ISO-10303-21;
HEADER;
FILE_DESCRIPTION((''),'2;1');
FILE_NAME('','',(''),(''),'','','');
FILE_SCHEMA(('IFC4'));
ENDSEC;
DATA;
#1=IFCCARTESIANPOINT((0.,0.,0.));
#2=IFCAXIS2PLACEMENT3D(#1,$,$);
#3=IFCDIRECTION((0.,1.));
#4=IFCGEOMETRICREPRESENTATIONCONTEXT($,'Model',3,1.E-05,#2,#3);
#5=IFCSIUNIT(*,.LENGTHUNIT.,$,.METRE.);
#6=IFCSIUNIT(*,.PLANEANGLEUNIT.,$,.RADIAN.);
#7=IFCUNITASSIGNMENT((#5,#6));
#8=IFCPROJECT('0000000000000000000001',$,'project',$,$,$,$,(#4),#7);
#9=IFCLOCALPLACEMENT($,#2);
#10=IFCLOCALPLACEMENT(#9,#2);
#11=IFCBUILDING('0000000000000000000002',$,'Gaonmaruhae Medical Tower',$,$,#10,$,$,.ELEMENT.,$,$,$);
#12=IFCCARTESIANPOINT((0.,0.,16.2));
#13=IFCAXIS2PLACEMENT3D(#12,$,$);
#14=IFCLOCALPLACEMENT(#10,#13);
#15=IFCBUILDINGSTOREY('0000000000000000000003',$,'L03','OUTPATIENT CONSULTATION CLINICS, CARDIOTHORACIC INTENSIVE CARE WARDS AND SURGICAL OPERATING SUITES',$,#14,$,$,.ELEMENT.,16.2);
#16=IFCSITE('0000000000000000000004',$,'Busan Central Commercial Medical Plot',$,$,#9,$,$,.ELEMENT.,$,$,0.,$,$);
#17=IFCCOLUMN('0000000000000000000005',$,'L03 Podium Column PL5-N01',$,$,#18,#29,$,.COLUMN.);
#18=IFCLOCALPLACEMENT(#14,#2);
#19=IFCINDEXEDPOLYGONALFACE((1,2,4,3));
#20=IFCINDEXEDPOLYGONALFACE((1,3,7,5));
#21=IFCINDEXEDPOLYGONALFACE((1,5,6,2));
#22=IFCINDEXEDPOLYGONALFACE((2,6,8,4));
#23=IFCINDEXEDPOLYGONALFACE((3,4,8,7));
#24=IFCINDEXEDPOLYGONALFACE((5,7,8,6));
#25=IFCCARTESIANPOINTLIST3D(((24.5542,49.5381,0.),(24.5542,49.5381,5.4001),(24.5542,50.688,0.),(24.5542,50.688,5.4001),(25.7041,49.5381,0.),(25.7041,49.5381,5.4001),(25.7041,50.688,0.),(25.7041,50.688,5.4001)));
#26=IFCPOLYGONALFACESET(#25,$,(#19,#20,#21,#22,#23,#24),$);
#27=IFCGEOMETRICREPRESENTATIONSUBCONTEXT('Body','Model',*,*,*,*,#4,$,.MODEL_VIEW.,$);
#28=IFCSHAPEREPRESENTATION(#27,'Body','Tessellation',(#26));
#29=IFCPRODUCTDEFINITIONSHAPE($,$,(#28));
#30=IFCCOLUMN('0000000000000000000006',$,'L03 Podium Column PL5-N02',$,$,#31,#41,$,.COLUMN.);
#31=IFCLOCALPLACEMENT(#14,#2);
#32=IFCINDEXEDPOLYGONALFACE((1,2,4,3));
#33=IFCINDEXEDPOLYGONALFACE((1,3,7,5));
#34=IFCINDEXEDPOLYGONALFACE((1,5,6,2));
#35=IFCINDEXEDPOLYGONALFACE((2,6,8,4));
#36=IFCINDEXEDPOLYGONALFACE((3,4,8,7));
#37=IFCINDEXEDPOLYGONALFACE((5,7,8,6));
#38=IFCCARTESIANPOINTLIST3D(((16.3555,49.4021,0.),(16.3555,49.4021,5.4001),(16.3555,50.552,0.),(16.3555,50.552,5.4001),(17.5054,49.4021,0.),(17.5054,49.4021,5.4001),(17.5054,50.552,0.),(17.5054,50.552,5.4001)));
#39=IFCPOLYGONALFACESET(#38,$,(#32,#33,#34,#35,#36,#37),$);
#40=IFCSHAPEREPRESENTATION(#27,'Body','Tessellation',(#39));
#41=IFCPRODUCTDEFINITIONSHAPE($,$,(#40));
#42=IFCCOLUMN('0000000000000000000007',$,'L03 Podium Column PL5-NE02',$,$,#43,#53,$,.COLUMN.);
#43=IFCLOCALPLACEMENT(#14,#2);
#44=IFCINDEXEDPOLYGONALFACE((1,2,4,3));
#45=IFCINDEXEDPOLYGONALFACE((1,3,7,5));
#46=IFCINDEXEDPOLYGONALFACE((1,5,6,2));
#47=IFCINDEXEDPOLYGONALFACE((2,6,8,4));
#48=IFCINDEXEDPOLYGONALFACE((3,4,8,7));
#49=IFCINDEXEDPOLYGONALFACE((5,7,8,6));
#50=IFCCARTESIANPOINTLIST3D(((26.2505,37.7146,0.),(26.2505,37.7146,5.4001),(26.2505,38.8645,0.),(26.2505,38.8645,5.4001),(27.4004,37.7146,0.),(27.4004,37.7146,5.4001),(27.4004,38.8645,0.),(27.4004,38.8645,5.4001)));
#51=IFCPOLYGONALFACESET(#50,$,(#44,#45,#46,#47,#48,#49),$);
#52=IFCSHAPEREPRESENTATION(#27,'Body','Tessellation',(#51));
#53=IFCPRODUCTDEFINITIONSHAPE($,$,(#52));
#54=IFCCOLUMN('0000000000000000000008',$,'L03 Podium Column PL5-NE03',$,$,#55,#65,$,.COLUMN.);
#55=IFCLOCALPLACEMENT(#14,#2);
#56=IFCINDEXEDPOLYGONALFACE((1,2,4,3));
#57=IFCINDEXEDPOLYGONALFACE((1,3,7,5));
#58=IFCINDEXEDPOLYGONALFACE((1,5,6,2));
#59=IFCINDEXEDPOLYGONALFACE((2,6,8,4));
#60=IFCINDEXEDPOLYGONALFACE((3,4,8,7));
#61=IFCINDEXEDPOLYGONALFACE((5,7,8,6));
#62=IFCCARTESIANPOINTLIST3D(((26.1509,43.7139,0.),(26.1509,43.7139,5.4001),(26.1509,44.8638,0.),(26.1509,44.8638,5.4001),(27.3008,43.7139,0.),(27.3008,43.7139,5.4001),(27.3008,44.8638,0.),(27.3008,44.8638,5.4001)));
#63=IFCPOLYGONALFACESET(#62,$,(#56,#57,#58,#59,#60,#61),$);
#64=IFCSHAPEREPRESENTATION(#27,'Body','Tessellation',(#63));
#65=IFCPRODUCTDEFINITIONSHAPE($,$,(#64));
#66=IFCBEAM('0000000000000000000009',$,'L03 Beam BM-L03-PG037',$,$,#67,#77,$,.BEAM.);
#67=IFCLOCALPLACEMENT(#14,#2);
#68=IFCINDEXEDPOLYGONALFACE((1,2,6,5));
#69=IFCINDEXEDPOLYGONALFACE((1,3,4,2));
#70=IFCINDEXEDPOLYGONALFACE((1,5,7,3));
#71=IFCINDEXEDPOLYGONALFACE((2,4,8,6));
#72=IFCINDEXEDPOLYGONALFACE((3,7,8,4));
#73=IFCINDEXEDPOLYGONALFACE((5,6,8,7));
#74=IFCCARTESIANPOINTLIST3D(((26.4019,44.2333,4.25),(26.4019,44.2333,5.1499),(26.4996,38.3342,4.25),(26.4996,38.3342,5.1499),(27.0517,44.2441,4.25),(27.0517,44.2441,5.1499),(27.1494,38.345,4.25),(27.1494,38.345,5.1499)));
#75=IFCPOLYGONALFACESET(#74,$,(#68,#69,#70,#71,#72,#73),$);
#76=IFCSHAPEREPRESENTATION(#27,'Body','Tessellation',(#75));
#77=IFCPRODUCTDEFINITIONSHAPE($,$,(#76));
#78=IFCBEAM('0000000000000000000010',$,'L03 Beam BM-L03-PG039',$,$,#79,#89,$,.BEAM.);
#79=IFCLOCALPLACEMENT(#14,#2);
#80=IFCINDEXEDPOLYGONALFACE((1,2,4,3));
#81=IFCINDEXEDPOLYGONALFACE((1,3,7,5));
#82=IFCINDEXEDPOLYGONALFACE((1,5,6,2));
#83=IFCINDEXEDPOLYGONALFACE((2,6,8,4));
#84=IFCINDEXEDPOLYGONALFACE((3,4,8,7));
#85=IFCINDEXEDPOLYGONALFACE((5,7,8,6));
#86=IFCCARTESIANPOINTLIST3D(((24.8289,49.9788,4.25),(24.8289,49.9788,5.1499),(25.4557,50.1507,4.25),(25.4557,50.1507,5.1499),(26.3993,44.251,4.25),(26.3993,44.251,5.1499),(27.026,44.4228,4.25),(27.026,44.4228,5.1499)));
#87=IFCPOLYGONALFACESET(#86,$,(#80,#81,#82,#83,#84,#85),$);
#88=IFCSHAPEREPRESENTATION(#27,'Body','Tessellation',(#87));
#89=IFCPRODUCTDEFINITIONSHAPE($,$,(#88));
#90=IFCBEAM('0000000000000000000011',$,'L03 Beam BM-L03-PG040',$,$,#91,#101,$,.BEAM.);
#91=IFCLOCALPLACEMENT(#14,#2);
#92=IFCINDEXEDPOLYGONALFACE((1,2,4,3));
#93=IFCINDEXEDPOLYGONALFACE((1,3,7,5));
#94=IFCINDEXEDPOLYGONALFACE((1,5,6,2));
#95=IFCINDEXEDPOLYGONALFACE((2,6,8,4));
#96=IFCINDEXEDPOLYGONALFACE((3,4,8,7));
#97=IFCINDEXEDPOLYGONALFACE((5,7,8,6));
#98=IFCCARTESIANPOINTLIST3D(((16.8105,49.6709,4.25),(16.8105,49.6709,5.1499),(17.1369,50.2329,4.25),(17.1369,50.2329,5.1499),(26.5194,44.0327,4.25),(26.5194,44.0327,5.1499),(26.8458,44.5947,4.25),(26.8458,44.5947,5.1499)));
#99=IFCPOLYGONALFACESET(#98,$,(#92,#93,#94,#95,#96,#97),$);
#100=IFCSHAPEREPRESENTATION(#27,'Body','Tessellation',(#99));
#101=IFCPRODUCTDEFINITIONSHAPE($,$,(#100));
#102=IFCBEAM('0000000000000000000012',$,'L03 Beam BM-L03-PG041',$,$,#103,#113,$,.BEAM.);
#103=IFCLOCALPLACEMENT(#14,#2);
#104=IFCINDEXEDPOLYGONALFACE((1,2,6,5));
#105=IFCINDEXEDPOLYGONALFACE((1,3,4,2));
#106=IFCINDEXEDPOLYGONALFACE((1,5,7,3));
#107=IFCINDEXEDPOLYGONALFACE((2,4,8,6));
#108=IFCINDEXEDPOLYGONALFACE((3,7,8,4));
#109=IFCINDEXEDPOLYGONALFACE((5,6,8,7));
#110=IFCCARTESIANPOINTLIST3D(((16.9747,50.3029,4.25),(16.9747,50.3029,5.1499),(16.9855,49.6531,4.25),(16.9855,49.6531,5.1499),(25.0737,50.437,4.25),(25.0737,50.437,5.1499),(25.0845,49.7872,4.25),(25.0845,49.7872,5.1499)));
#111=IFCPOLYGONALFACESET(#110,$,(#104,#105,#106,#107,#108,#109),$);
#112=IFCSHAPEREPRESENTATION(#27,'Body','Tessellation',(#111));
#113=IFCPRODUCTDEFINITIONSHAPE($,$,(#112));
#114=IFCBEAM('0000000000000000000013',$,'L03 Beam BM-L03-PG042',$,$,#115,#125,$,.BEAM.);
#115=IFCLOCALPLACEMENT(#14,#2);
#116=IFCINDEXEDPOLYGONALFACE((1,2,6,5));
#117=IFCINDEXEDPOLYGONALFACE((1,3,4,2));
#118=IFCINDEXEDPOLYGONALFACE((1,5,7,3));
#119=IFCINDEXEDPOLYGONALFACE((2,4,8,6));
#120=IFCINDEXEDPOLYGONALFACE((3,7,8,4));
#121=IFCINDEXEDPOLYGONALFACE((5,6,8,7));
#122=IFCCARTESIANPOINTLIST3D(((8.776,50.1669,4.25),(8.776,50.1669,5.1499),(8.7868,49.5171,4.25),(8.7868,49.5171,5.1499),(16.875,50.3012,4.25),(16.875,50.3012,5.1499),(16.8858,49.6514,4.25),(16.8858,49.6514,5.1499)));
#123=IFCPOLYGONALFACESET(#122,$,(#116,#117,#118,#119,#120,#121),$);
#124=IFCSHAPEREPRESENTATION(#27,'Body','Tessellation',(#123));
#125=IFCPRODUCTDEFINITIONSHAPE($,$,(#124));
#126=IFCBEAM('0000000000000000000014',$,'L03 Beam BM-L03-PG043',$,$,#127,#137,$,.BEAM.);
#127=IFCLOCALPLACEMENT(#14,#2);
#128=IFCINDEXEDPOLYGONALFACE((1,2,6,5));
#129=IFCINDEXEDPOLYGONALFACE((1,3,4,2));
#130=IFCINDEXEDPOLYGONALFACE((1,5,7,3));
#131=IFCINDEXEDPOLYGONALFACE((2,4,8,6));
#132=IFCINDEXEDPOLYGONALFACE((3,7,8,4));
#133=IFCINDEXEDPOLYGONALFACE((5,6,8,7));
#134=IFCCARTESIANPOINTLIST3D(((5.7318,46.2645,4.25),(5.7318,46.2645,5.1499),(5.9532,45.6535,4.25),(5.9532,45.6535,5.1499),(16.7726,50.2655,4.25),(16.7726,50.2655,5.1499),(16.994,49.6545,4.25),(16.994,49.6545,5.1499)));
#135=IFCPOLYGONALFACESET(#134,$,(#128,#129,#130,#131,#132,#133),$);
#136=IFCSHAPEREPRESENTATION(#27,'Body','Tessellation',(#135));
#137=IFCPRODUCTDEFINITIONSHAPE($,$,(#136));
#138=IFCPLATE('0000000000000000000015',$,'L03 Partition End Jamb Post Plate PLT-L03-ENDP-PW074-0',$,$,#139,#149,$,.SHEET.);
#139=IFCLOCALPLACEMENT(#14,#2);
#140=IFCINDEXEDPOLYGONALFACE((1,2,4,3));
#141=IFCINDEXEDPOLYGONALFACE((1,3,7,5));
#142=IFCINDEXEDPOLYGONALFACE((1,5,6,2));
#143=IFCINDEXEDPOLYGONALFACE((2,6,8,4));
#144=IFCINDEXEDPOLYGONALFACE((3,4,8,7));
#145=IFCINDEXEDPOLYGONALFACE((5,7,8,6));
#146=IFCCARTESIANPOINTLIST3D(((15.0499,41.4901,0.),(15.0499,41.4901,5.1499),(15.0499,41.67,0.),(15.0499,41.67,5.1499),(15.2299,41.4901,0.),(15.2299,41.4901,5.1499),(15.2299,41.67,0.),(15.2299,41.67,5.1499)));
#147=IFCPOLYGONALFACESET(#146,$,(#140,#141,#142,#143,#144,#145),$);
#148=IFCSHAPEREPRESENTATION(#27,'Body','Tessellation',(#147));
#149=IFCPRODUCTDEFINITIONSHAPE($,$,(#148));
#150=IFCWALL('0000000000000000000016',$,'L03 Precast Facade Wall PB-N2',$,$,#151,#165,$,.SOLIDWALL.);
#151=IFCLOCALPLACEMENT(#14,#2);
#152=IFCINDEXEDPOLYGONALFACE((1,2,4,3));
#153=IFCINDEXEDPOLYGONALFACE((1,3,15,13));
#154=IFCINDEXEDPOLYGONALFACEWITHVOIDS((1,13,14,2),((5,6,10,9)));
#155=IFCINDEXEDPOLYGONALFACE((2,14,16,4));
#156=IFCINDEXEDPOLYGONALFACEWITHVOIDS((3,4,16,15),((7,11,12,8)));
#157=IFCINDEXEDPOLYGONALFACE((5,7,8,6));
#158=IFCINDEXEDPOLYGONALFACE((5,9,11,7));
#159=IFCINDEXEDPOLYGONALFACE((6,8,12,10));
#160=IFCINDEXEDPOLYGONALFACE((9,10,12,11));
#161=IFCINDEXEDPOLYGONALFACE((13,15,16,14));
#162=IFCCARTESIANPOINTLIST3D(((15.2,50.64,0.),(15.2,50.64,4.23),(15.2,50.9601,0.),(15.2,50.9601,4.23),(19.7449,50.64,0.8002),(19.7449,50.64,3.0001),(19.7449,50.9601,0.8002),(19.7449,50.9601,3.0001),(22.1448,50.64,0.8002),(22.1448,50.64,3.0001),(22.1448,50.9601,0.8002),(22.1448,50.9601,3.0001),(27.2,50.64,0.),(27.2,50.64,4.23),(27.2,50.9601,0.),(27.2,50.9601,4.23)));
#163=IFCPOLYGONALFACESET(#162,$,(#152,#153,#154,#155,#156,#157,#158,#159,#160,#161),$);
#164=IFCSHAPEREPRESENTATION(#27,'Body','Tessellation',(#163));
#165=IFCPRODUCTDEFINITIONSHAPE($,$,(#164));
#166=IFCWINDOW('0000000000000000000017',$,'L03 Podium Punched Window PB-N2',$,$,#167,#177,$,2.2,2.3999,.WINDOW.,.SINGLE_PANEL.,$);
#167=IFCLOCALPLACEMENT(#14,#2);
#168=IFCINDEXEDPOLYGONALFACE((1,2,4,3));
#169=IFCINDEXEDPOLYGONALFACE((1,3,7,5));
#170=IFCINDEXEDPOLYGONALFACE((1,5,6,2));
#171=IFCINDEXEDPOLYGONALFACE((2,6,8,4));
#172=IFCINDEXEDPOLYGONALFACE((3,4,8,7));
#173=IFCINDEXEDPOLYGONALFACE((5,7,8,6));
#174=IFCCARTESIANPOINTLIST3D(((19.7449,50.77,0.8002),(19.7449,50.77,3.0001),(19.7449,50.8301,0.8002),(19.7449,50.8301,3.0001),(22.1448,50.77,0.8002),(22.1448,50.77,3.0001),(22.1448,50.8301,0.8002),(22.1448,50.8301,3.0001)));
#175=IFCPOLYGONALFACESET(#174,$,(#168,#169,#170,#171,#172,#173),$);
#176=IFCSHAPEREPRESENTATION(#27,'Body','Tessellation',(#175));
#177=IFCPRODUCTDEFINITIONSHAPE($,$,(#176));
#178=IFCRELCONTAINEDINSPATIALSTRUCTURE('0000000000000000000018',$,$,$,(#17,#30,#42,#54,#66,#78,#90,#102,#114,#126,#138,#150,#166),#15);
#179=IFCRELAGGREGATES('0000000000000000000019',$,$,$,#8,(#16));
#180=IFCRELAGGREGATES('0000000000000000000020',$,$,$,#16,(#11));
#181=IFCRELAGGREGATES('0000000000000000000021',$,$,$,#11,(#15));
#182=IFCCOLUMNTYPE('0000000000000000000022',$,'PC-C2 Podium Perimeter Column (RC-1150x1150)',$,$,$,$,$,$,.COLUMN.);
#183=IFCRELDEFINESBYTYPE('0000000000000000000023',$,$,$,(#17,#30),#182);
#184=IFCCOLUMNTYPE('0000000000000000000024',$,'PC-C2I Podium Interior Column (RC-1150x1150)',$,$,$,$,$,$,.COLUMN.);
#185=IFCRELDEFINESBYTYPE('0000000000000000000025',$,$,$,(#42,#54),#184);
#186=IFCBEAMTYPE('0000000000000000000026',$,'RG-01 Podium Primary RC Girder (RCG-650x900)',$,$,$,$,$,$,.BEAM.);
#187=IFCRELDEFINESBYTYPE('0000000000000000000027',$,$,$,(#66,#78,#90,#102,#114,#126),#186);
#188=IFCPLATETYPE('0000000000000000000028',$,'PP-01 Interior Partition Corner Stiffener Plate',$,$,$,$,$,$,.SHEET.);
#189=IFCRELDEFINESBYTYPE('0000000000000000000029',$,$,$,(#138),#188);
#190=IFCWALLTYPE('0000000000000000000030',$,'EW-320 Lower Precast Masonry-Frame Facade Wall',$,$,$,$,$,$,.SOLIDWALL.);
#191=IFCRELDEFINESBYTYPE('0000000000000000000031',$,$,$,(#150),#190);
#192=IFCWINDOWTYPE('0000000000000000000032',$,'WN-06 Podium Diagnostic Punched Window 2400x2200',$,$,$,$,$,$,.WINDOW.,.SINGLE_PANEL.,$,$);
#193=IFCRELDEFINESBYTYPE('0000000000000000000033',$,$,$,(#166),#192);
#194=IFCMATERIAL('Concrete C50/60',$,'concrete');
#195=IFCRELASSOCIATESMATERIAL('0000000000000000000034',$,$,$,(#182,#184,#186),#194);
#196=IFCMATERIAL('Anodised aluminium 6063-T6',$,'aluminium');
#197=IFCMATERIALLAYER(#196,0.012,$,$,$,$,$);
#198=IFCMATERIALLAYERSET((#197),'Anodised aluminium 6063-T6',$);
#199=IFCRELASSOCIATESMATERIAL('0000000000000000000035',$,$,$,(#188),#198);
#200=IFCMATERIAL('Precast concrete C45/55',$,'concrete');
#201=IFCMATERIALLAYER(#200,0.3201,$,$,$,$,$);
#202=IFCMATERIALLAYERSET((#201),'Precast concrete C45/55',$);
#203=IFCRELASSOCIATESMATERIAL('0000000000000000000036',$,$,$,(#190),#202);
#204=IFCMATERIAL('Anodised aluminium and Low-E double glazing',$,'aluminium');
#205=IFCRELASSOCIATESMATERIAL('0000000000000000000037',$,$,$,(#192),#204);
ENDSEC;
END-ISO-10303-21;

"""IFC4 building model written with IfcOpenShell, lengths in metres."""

from ifc_helpers import new_model, si_unit, direction, frame, frame_2d, origin, origin_2d, place, context, subcontext, project, spatial, rectangle, extrude, material, layer, layer_set, material_profile, profile_set, type_object, element, fill, save


model = new_model("IFC4")

# Units and contexts
model_context = context("Model", 3, precision=1e-05, world=origin(), true_north=direction((0.0, 1.0)))
body_context = subcontext(model_context, "Body", "Model", "MODEL_VIEW")
ifc_project = project(units=[si_unit("LENGTHUNIT", "METRE"), si_unit("PLANEANGLEUNIT", "RADIAN")], contexts=[model_context])

# Site, building, storey
site_placement = place(None, origin())
site = spatial("IfcSite", under=ifc_project, at=site_placement, Name="Busan Central Commercial Medical Plot", CompositionType="ELEMENT", RefElevation=0.0)
building_placement = place(site_placement, origin())
building = spatial("IfcBuilding", under=site, at=building_placement, Name="Gaonmaruhae Medical Tower", CompositionType="ELEMENT")
storey_placement = place(building_placement, frame((0.0, 0.0, 16.2)))
storey = spatial("IfcBuildingStorey", under=building, at=storey_placement, Name="L03", Description="OUTPATIENT CONSULTATION CLINICS, CARDIOTHORACIC INTENSIVE CARE WARDS AND SURGICAL OPERATING SUITES", CompositionType="ELEMENT", Elevation=16.2)

# Columns
ifc_material_1 = material(Name="Concrete C50/60", Category="concrete")
ifc_material_profile_1 = material_profile(ifc_material_1, rectangle(XDim=1.1499, YDim=1.1499, at=origin_2d()), Name="RC-1150x1150")
ifc_profile_set_1 = profile_set([ifc_material_profile_1], Name="Concrete C50/60")
column_type_1 = type_object("IfcColumnType", Name="PC-C2 Podium Perimeter Column (RC-1150x1150)", PredefinedType="COLUMN", material=ifc_profile_set_1)
for number, where, z_axis, x_axis, name in (
    (1, (25.1292, 50.113, 0.0), (0.0, 0.0, 1.0), (1.0, 0.0, 0.0), "L03 Podium Column PL5-N01"),
    (2, (16.9304, 49.9771, 0.0), (0.0, 0.0, 1.0), (1.0, 0.0, 0.0), "L03 Podium Column PL5-N02"),
):
    element("IfcColumn", number, at=place(storey_placement, frame(where, z_axis=z_axis, x_axis=x_axis)), inside=storey, type_object=column_type_1, Name=name, PredefinedType="COLUMN", context=body_context, shape_type="SweptSolid", body=[
        extrude(rectangle(XDim=1.1499, YDim=1.1499, at=origin_2d()), origin(), (0.0, 0.0, 1.0), 5.4001),
    ])
ifc_material_profile_2 = material_profile(ifc_material_1, rectangle(XDim=1.1499, YDim=1.1499, at=origin_2d()), Name="RC-1150x1150")
ifc_profile_set_2 = profile_set([ifc_material_profile_2], Name="Concrete C50/60")
column_type_2 = type_object("IfcColumnType", Name="PC-C2I Podium Interior Column (RC-1150x1150)", PredefinedType="COLUMN", material=ifc_profile_set_2)
for number, where, z_axis, x_axis, name in (
    (3, (26.8254, 38.2896, 0.0), (0.0, 0.0, 1.0), (1.0, 0.0, 0.0), "L03 Podium Column PL5-NE02"),
    (4, (26.7258, 44.2888, 0.0), (0.0, 0.0, 1.0), (1.0, 0.0, 0.0), "L03 Podium Column PL5-NE03"),
):
    element("IfcColumn", number, at=place(storey_placement, frame(where, z_axis=z_axis, x_axis=x_axis)), inside=storey, type_object=column_type_2, Name=name, PredefinedType="COLUMN", context=body_context, shape_type="SweptSolid", body=[
        extrude(rectangle(XDim=1.1499, YDim=1.1499, at=origin_2d()), origin(), (0.0, 0.0, 1.0), 5.4001),
    ])

# Beams
ifc_material_profile_3 = material_profile(ifc_material_1, rectangle(XDim=0.6499, YDim=0.8999, at=origin_2d()), Name="RCG-650x900")
ifc_profile_set_3 = profile_set([ifc_material_profile_3], Name="Concrete C50/60")
beam_type = type_object("IfcBeamType", Name="RG-01 Podium Primary RC Girder (RCG-650x900)", PredefinedType="BEAM", material=ifc_profile_set_3)
beam_1_placement = place(storey_placement, frame((26.8245, 38.3396, 4.7), z_axis=(-0.016552, 0.999863, 0.0), x_axis=(-0.999863, -0.016552, 0.0)))
element("IfcBeam", 5, at=beam_1_placement, inside=storey, type_object=beam_type, Name="L03 Beam BM-L03-PG037", PredefinedType="BEAM", context=body_context, shape_type="SweptSolid", body=[
    extrude(rectangle(XDim=0.6499, YDim=0.8999, at=origin_2d()), origin(), (0.0, 0.0, 1.0), 5.8999),
])
beam_2_placement = place(storey_placement, frame((26.7126, 44.3369, 4.7), z_axis=(-0.264401, 0.964413, 0.0), x_axis=(-0.964413, -0.264401, 0.0)))
element("IfcBeam", 6, at=beam_2_placement, inside=storey, type_object=beam_type, Name="L03 Beam BM-L03-PG039", PredefinedType="BEAM", context=body_context, shape_type="SweptSolid", body=[
    extrude(rectangle(XDim=0.6499, YDim=0.8999, at=origin_2d()), origin(), (0.0, 0.0, 1.0), 5.9392),
])
beam_3_placement = place(storey_placement, frame((26.6826, 44.3137, 4.7), z_axis=(-0.864762, 0.502183, 0.0), x_axis=(-0.502183, -0.864762, 0.0)))
element("IfcBeam", 7, at=beam_3_placement, inside=storey, type_object=beam_type, Name="L03 Beam BM-L03-PG040", PredefinedType="BEAM", context=body_context, shape_type="SweptSolid", body=[
    extrude(rectangle(XDim=0.6499, YDim=0.8999, at=origin_2d()), origin(), (0.0, 0.0, 1.0), 11.2273),
])
for number, where, z_axis, x_axis, name in (
    (8, (25.0791, 50.1121, 4.7), (-0.999863, -0.016547, 0.0), (0.016547, -0.999863, 0.0), "L03 Beam BM-L03-PG041"),
    (9, (16.8804, 49.9763, 4.7), (-0.999863, -0.016577, 0.0), (0.016577, -0.999863, 0.0), "L03 Beam BM-L03-PG042"),
):
    element("IfcBeam", number, at=place(storey_placement, frame(where, z_axis=z_axis, x_axis=x_axis)), inside=storey, type_object=beam_type, Name=name, PredefinedType="BEAM", context=body_context, shape_type="SweptSolid", body=[
        extrude(rectangle(XDim=0.6499, YDim=0.8999, at=origin_2d()), origin(), (0.0, 0.0, 1.0), 8.1001),
    ])
beam_4_placement = place(storey_placement, frame((16.8833, 49.96, 4.7), z_axis=(-0.940172, -0.340701, 0.0), x_axis=(0.340701, -0.940172, 0.0)))
element("IfcBeam", 10, at=beam_4_placement, inside=storey, type_object=beam_type, Name="L03 Beam BM-L03-PG043", PredefinedType="BEAM", context=body_context, shape_type="SweptSolid", body=[
    extrude(rectangle(XDim=0.6499, YDim=0.8999, at=origin_2d()), origin(), (0.0, 0.0, 1.0), 11.7434),
])

# Plate
ifc_material_2 = material(Name="Anodised aluminium 6063-T6", Category="aluminium")
ifc_layer_1 = layer(ifc_material_2, 0.012)
ifc_layer_set_1 = layer_set([ifc_layer_1], Name="Anodised aluminium 6063-T6")
plate_type = type_object("IfcPlateType", Name="PP-01 Interior Partition Corner Stiffener Plate", PredefinedType="SHEET", material=ifc_layer_set_1)
plate_placement = place(storey_placement, frame((15.1399, 41.5801, 0.0), z_axis=(0.0, 0.0, 1.0), x_axis=(0.0, -1.0, 0.0)))
element("IfcPlate", 11, at=plate_placement, inside=storey, type_object=plate_type, Name="L03 Partition End Jamb Post Plate PLT-L03-ENDP-PW074-0", PredefinedType="SHEET", context=body_context, shape_type="SweptSolid", body=[
    extrude(rectangle(XDim=0.1799, YDim=0.1799, at=origin_2d()), origin(), (0.0, 0.0, 1.0), 5.1499),
])

# Wall, opening, window
ifc_material_3 = material(Name="Precast concrete C45/55", Category="concrete")
ifc_layer_2 = layer(ifc_material_3, 0.3201)
ifc_layer_set_2 = layer_set([ifc_layer_2], Name="Precast concrete C45/55")
wall_type_1 = type_object("IfcWallType", Name="EW-320 Lower Precast Masonry-Frame Facade Wall", PredefinedType="SOLIDWALL", material=ifc_layer_set_2)
wall_1_placement = place(storey_placement, frame((15.2, 50.8, 0.0), z_axis=(0.0, 0.0, 1.0), x_axis=(1.0, 0.0, 0.0)))
wall_1 = element("IfcWall", 12, at=wall_1_placement, inside=storey, type_object=wall_type_1, Name="L03 Precast Facade Wall PB-N2", PredefinedType="SOLIDWALL", context=body_context, shape_type="SweptSolid", body=[
    extrude(rectangle(XDim=12.0, YDim=0.3201, at=frame_2d((6.0, 0.0))), origin(), (0.0, 0.0, 1.0), 4.23),
])
opening_1_placement = place(wall_1_placement, frame((4.5449, 0.0, 0.8)))
opening_1 = element("IfcOpeningElement", 13, at=opening_1_placement, cuts=wall_1, PredefinedType="OPENING", context=body_context, shape_type="SweptSolid", body=[
    extrude(rectangle(XDim=2.3999, YDim=2.2, at=frame_2d((1.2, 1.1001))), frame((0.0, 0.1699, 0.0), z_axis=(0.0, -1.0, 0.0), x_axis=(1.0, 0.0, 0.0)), (0.0, 0.0, 1.0), 0.3401),
])
ifc_material_4 = material(Name="Anodised aluminium and Low-E double glazing", Category="aluminium")
window_type = type_object("IfcWindowType", Name="WN-06 Podium Diagnostic Punched Window 2400x2200", PartitioningType="SINGLE_PANEL", PredefinedType="WINDOW", material=ifc_material_4)
window_placement = place(opening_1_placement, origin())
window = element("IfcWindow", 14, at=window_placement, inside=storey, type_object=window_type, Name="L03 Podium Punched Window PB-N2", OverallHeight=2.2, OverallWidth=2.3999, PartitioningType="SINGLE_PANEL", PredefinedType="WINDOW", context=body_context, shape_type="SweptSolid", body=[
    extrude(rectangle(XDim=2.3999, YDim=2.2, at=frame_2d((1.2, 1.1001))), frame((0.0, 0.03, 0.0), z_axis=(0.0, -1.0, 0.0), x_axis=(1.0, 0.0, 0.0)), (0.0, 0.0, 1.0), 0.0601),
])
fill(opening_1, window)

save(model, "model.ifc")
